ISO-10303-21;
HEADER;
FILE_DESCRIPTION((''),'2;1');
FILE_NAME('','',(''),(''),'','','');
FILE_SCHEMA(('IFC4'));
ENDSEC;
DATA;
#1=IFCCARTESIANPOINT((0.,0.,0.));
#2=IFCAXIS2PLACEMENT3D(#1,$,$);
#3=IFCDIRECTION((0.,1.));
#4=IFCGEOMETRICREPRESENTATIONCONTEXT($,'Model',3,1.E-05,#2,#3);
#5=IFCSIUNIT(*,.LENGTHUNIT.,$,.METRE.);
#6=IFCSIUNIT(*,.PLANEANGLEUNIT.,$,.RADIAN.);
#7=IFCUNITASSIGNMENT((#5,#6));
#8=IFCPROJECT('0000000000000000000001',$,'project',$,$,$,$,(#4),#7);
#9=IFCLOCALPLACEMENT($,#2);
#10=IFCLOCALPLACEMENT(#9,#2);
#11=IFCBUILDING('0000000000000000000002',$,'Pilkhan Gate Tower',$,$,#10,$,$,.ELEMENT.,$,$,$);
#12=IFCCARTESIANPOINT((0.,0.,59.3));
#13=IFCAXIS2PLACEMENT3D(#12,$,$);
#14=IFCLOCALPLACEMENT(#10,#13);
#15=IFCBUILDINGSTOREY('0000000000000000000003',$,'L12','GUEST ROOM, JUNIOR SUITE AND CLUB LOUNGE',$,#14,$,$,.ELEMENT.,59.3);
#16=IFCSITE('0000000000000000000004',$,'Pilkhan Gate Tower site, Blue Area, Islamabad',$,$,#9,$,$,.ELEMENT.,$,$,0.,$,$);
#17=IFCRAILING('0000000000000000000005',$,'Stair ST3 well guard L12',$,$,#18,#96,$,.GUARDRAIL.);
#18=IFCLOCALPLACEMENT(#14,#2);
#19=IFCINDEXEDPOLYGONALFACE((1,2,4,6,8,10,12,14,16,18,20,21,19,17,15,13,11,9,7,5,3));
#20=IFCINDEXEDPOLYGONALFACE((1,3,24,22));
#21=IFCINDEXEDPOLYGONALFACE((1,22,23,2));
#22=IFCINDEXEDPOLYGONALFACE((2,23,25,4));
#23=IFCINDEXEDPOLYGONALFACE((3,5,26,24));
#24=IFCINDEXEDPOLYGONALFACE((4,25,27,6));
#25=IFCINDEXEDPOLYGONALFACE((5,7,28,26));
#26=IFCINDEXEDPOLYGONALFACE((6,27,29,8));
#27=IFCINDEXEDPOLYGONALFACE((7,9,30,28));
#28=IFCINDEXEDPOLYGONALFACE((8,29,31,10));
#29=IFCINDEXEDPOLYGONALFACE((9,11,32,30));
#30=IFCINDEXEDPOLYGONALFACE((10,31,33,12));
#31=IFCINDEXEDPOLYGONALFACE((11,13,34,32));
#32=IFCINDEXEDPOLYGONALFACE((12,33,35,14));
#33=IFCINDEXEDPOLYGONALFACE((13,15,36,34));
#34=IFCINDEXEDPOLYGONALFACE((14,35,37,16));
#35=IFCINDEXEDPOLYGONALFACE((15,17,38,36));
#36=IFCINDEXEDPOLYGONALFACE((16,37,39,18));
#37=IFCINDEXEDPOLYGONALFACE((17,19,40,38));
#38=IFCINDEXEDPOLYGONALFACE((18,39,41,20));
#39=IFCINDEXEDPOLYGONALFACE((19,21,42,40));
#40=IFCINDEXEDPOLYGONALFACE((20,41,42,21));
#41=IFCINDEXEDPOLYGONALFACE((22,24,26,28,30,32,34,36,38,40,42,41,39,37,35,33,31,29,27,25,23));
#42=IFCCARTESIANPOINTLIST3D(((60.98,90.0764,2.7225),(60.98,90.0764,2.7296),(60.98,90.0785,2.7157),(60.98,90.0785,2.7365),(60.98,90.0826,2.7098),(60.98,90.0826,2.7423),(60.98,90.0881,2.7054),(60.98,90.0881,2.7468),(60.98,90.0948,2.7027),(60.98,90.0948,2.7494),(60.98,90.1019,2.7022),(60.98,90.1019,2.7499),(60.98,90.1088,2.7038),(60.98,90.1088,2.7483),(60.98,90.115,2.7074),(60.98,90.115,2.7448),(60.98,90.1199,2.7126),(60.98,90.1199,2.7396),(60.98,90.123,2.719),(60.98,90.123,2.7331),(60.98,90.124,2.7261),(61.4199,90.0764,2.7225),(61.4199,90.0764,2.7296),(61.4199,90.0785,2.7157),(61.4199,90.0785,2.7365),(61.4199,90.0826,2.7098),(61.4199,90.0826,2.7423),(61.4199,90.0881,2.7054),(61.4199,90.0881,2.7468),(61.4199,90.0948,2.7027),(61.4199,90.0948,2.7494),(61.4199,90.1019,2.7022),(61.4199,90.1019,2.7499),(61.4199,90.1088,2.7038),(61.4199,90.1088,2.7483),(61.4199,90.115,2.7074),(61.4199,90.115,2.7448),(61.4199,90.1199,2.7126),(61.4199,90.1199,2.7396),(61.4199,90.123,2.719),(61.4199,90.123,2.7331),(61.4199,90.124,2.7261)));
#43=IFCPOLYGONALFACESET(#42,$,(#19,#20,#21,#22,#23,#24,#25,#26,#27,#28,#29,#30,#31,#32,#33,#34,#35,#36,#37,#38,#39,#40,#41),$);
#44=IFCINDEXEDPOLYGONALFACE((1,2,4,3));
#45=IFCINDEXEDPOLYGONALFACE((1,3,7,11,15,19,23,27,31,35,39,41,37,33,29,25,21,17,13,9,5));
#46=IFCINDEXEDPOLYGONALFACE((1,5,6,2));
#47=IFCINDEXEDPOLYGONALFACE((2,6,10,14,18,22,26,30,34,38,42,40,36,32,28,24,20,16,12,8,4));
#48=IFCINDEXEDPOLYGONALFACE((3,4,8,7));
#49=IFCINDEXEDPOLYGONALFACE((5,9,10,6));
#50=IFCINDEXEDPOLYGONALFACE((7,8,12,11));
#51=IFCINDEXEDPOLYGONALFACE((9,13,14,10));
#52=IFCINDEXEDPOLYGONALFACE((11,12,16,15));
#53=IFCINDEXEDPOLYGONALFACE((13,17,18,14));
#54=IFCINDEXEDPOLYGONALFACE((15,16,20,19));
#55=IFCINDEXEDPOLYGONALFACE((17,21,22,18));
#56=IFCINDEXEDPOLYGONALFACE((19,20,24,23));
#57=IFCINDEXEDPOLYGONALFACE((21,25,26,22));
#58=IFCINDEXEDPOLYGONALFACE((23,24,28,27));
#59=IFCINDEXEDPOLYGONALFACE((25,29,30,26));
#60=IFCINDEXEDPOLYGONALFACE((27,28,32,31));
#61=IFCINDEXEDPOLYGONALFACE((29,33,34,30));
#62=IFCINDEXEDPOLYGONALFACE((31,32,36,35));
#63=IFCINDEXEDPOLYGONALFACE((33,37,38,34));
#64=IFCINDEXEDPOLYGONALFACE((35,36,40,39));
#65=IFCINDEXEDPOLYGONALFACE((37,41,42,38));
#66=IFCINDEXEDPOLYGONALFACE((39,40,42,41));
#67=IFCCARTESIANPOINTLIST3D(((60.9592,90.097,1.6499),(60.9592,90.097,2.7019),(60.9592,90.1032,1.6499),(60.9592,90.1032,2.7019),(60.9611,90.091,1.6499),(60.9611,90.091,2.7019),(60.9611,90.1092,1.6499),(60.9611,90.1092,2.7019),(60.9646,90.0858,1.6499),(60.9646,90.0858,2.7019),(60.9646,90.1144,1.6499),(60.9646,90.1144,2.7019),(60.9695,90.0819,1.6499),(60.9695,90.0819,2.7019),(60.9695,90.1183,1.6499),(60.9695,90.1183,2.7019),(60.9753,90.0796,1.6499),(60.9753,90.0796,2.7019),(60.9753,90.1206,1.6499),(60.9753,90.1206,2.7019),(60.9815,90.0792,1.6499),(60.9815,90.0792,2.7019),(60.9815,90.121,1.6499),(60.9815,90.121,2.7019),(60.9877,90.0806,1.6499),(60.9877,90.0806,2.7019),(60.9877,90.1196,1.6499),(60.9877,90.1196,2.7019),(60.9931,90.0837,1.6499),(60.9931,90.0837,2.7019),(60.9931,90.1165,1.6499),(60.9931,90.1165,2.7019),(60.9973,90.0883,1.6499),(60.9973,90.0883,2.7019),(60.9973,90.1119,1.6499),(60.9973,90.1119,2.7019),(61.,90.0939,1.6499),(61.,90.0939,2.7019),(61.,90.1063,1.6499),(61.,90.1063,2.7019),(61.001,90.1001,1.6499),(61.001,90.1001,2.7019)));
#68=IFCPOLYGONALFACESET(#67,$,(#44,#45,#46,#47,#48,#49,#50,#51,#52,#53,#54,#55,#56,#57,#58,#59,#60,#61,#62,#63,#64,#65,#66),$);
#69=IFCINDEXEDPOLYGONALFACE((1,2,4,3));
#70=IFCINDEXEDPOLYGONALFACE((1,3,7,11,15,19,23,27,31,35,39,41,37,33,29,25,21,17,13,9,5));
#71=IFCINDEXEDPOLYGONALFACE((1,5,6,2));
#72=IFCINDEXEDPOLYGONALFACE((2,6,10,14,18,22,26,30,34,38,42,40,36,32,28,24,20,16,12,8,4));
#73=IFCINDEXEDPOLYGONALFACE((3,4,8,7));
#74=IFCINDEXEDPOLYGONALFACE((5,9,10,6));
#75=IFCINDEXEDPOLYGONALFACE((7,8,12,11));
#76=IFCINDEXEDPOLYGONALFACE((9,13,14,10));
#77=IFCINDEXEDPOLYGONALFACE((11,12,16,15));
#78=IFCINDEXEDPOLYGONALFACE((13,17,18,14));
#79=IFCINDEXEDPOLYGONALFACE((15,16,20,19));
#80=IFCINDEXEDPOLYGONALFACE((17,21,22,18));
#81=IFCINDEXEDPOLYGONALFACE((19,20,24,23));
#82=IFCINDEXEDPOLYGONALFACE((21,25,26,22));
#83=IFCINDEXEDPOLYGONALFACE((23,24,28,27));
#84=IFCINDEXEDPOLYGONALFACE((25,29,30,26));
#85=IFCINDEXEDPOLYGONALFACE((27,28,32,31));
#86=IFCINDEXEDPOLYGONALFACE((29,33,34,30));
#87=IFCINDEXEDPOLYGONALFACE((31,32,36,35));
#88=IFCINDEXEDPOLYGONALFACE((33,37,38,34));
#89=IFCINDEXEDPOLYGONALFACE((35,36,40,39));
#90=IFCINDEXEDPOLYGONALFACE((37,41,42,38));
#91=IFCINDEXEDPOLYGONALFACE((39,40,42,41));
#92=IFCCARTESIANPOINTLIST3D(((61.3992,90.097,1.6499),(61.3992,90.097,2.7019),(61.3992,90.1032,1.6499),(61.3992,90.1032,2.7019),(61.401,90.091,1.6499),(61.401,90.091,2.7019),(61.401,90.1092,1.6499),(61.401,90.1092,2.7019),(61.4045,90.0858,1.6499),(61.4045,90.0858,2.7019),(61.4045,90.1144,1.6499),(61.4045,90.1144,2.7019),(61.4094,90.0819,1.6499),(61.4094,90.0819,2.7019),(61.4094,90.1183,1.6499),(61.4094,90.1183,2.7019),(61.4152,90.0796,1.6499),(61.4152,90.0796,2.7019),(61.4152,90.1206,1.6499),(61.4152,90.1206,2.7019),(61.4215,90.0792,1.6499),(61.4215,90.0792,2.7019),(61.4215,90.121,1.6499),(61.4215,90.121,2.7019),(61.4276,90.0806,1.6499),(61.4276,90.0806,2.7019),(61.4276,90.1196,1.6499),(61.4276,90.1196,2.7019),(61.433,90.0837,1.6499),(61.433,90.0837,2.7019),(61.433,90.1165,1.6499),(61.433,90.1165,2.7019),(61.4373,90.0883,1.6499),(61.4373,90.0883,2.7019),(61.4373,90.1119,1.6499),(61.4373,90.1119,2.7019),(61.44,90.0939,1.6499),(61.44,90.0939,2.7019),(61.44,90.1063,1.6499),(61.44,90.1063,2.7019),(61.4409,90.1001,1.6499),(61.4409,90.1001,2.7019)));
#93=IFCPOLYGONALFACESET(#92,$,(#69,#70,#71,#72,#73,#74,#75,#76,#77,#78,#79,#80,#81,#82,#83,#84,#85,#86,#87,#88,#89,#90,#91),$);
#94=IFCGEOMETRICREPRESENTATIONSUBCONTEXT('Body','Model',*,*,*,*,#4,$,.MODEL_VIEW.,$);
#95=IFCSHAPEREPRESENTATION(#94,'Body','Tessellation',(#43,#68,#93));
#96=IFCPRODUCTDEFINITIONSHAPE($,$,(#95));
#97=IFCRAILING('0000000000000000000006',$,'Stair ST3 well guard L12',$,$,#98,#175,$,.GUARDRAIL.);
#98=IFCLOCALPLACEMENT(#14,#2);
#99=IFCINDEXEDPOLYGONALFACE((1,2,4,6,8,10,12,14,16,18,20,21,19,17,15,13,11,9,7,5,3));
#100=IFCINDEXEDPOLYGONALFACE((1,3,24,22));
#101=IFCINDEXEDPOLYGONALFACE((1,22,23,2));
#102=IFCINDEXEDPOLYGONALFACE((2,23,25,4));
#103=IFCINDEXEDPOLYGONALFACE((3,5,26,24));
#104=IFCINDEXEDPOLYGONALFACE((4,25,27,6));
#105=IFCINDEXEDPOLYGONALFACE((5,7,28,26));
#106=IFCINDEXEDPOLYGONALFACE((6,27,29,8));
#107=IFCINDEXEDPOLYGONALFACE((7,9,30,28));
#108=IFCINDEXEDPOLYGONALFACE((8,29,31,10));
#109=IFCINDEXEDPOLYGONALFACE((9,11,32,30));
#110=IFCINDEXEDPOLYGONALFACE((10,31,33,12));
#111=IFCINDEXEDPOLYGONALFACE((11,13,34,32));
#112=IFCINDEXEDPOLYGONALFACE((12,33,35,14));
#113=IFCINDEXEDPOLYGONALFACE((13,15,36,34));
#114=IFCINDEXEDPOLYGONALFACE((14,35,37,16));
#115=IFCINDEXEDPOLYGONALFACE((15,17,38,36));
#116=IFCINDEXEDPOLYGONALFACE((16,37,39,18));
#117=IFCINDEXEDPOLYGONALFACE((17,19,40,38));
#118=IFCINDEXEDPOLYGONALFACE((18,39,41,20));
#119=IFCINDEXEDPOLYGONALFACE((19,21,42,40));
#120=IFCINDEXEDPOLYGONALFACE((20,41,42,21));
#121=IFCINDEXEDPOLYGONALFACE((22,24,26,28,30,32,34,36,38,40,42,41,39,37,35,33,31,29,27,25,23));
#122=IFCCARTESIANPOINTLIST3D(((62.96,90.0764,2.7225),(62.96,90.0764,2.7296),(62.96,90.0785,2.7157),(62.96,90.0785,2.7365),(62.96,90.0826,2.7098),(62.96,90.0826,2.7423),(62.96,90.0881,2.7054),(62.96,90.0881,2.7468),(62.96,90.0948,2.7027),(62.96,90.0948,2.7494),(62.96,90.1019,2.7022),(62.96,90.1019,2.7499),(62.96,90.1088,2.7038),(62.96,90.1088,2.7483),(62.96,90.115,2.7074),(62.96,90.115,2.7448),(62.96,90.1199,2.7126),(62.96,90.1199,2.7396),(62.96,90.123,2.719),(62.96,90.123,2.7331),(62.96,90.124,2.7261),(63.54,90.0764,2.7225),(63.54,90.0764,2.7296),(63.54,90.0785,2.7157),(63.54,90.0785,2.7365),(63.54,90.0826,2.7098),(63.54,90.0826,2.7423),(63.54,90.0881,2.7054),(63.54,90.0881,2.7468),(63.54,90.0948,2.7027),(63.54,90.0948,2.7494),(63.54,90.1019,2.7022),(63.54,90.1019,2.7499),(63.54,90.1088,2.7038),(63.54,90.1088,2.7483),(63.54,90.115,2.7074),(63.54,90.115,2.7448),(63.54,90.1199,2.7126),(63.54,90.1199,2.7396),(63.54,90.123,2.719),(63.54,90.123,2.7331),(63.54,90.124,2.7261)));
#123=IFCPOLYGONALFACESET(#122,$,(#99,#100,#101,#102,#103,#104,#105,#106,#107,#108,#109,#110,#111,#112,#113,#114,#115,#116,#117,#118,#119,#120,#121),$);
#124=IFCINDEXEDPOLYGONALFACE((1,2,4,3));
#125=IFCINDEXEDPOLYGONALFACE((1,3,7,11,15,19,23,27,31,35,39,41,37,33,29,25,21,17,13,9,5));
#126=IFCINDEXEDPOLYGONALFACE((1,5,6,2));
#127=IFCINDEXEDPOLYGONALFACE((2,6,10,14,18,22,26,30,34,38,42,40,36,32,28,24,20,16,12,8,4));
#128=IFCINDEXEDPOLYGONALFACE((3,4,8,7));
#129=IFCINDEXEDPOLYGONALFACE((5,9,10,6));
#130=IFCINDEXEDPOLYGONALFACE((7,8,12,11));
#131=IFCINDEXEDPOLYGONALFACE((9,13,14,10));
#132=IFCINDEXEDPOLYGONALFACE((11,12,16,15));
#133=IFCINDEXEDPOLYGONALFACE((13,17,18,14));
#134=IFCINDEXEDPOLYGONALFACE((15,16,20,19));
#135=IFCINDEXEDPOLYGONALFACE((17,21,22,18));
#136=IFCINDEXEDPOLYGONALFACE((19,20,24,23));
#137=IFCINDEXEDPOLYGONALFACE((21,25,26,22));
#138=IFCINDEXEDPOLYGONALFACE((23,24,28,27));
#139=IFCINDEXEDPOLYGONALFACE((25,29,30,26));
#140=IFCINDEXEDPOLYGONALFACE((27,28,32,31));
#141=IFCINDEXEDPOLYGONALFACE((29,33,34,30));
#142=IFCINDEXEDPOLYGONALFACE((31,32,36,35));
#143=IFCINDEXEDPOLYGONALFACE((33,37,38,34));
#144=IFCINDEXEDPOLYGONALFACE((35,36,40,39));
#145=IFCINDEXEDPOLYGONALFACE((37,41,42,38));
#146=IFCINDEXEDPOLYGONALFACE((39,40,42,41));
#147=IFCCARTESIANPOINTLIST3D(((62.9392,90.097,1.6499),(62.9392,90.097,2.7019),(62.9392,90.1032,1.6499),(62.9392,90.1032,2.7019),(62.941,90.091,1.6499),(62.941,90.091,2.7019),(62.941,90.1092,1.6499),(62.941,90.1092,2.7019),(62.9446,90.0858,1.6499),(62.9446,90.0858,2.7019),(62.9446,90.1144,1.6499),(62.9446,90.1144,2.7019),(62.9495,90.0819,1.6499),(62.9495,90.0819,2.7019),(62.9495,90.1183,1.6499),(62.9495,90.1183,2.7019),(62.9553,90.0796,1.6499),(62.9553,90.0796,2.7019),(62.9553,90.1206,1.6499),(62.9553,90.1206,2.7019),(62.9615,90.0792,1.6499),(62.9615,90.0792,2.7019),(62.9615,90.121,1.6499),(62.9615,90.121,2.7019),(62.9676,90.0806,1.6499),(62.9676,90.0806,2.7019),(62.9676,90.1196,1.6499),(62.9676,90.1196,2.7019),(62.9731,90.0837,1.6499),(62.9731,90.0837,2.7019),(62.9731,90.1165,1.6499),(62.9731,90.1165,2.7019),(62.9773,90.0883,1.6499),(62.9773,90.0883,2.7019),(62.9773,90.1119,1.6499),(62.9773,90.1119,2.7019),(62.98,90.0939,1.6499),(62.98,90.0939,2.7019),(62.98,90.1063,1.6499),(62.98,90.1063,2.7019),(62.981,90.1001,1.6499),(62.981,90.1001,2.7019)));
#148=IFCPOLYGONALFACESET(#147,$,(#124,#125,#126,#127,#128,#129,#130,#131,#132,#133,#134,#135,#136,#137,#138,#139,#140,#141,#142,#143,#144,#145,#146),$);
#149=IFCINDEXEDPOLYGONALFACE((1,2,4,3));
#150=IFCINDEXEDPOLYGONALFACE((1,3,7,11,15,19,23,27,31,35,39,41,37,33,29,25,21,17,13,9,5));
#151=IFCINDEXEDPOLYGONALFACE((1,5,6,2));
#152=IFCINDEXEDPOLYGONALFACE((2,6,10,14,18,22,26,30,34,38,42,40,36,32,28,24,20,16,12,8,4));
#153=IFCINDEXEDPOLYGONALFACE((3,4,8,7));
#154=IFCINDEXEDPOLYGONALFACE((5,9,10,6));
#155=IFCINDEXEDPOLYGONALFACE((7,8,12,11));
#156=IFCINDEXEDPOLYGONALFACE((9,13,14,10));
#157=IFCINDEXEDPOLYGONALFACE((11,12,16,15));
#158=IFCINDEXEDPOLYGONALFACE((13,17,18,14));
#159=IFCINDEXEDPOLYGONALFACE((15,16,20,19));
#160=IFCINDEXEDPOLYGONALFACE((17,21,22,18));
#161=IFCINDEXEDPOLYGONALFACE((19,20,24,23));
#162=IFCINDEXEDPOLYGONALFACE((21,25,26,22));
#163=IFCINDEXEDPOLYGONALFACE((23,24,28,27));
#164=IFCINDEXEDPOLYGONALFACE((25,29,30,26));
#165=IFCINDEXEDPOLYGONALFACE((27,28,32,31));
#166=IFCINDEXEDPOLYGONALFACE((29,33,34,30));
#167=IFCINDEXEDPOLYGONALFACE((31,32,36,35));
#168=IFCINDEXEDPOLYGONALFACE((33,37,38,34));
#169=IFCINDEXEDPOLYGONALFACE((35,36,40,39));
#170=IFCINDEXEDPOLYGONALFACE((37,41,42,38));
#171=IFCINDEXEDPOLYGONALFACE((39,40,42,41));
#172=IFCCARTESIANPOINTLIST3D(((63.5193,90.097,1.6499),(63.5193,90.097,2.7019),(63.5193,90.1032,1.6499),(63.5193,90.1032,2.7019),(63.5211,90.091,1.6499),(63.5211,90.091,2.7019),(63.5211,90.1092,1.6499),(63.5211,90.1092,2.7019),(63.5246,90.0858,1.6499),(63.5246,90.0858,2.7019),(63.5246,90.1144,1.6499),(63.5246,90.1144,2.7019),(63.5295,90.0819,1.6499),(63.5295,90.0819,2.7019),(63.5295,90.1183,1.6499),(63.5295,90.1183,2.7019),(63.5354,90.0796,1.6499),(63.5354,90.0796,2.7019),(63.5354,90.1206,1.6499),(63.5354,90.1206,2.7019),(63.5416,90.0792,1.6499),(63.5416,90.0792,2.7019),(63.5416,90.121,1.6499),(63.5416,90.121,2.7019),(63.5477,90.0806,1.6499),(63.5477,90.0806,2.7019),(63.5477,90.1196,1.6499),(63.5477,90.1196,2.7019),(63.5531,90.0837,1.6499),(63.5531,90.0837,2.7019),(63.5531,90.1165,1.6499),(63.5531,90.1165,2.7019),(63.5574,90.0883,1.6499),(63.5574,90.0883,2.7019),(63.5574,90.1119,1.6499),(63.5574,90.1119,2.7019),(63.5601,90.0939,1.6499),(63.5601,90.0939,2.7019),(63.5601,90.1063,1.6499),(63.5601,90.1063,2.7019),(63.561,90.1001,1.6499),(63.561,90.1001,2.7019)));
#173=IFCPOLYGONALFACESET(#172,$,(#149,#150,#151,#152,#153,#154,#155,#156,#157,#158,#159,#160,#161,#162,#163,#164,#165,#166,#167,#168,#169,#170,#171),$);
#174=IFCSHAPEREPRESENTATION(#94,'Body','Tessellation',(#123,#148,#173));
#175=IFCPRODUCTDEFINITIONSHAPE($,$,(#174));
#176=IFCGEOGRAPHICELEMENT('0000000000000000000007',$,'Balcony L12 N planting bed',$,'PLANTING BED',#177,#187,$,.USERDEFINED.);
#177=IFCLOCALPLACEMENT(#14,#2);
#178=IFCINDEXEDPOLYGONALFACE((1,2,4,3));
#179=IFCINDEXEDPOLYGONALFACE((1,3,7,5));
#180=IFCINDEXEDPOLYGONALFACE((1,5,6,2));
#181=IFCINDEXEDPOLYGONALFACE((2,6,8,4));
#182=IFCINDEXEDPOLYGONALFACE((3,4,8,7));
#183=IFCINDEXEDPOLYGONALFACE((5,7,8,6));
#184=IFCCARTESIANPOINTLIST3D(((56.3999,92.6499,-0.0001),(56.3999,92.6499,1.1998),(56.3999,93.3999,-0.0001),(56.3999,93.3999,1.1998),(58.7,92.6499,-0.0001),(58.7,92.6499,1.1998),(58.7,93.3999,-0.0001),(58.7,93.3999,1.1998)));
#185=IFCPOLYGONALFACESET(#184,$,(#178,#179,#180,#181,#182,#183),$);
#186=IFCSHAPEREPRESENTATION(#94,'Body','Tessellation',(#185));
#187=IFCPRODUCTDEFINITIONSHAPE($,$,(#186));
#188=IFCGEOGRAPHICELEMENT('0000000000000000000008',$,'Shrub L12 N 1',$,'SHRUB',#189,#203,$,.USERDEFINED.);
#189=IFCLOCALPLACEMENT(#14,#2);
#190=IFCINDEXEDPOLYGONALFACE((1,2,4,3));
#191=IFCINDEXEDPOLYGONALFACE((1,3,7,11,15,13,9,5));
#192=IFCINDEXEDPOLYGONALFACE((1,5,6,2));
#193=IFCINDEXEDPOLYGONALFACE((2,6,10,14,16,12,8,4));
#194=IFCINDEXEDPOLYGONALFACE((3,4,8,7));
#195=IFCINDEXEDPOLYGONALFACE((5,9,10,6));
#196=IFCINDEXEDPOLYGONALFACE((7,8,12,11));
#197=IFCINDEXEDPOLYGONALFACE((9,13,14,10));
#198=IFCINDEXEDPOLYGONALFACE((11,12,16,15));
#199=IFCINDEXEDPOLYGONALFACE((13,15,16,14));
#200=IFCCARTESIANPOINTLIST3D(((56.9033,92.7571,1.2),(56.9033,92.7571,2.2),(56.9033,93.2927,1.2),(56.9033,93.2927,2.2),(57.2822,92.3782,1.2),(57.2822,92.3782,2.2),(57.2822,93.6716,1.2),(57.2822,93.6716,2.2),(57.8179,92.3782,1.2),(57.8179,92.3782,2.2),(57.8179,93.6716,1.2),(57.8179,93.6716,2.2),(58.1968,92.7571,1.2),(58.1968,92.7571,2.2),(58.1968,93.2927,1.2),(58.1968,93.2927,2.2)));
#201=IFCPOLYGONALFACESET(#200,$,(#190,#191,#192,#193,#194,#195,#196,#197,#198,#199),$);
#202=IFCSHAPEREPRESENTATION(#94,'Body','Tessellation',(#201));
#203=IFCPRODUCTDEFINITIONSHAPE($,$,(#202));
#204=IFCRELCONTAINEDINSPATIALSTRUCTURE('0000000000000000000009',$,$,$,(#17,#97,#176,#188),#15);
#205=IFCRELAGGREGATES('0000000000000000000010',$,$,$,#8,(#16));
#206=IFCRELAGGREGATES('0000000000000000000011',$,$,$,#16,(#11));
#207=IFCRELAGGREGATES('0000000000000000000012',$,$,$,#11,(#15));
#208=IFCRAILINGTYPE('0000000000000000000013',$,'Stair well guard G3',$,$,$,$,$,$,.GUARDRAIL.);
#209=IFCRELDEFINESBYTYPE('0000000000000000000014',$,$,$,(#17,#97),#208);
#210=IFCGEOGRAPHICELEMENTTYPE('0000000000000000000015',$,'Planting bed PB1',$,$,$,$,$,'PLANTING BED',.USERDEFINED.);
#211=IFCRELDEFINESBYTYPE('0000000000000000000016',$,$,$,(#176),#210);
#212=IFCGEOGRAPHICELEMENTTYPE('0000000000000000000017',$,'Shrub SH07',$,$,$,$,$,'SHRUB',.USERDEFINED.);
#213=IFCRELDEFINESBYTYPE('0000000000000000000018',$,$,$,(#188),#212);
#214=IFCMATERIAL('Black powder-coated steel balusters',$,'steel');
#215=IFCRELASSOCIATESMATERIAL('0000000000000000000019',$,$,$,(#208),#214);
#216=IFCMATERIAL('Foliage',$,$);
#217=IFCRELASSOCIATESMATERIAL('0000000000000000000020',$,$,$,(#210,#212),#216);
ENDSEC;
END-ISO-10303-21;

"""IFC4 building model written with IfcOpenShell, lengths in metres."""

from ifc_helpers import new_model, si_unit, direction, frame, origin, origin_2d, place, context, subcontext, project, spatial, polyline, rectangle, circle, outline, extrude, material, material_profile, profile_set, type_object, element, save


model = new_model("IFC4")

# Units and contexts
model_context = context("Model", 3, precision=1e-05, world=origin(), true_north=direction((0.0, 1.0)))
body_context = subcontext(model_context, "Body", "Model", "MODEL_VIEW")
ifc_project = project(units=[si_unit("LENGTHUNIT", "METRE"), si_unit("PLANEANGLEUNIT", "RADIAN")], contexts=[model_context])

# Site, building, storey
site_placement = place(None, origin())
site = spatial("IfcSite", under=ifc_project, at=site_placement, Name="Pilkhan Gate Tower site, Blue Area, Islamabad", CompositionType="ELEMENT", RefElevation=0.0)
building_placement = place(site_placement, origin())
building = spatial("IfcBuilding", under=site, at=building_placement, Name="Pilkhan Gate Tower", CompositionType="ELEMENT")
storey_placement = place(building_placement, frame((0.0, 0.0, 59.3)))
storey = spatial("IfcBuildingStorey", under=building, at=storey_placement, Name="L12", Description="GUEST ROOM, JUNIOR SUITE AND CLUB LOUNGE", CompositionType="ELEMENT", Elevation=59.3)

# Railings
ifc_material_1 = material(Name="Black powder-coated steel balusters", Category="steel")
railing_type_1 = type_object("IfcRailingType", Name="Stair well guard G3", PredefinedType="GUARDRAIL", material=ifc_material_1)
railing_1_placement = place(storey_placement, frame((60.98, 90.1001, 1.6499)))
element("IfcRailing", 1, at=railing_1_placement, inside=storey, type_object=railing_type_1, Name="Stair ST3 well guard L12", PredefinedType="GUARDRAIL", context=body_context, shape_type="SweptSolid", body=[
    extrude(circle(Radius=0.0239, at=origin_2d()), frame((0.0, 0.0, 1.0762), z_axis=(1.0, 0.0, 0.0), x_axis=(0.0, 1.0, 0.0)), (0.0, 0.0, 1.0), 0.4399),
    extrude(circle(Radius=0.021, at=origin_2d()), origin(), (0.0, 0.0, 1.0), 1.052),
    extrude(circle(Radius=0.021, at=origin_2d()), frame((0.4399, 0.0, 0.0)), (0.0, 0.0, 1.0), 1.052),
])
railing_2_placement = place(storey_placement, frame((62.96, 90.1001, 1.6499)))
element("IfcRailing", 2, at=railing_2_placement, inside=storey, type_object=railing_type_1, Name="Stair ST3 well guard L12", PredefinedType="GUARDRAIL", context=body_context, shape_type="SweptSolid", body=[
    extrude(circle(Radius=0.0239, at=origin_2d()), frame((0.0, 0.0, 1.0762), z_axis=(1.0, 0.0, 0.0), x_axis=(0.0, 1.0, 0.0)), (0.0, 0.0, 1.0), 0.5801),
    extrude(circle(Radius=0.021, at=origin_2d()), origin(), (0.0, 0.0, 1.0), 1.052),
    extrude(circle(Radius=0.021, at=origin_2d()), frame((0.5801, 0.0, 0.0)), (0.0, 0.0, 1.0), 1.052),
])

# Geographic elements
ifc_material_2 = material(Name="Foliage")
ifc_material_profile_1 = material_profile(ifc_material_2, rectangle(XDim=0.75, YDim=1.2, at=origin_2d()), Name="Bed 750x1200")
ifc_profile_set_1 = profile_set([ifc_material_profile_1], Name="Foliage")
geographic_element_type_1 = type_object("IfcGeographicElementType", Name="Planting bed PB1", ElementType="PLANTING BED", PredefinedType="USERDEFINED", material=ifc_profile_set_1)
geographic_element_1_placement = place(storey_placement, frame((56.3999, 93.0249, 0.5999), z_axis=(1.0, 0.0, 0.0), x_axis=(0.0, 1.0, 0.0)))
element("IfcGeographicElement", 3, at=geographic_element_1_placement, inside=storey, type_object=geographic_element_type_1, Name="Balcony L12 N planting bed", ObjectType="PLANTING BED", PredefinedType="USERDEFINED", context=body_context, shape_type="SweptSolid", body=[
    extrude(rectangle(XDim=0.75, YDim=1.2, at=origin_2d()), origin(), (0.0, 0.0, 1.0), 2.3),
])
ifc_material_profile_2 = material_profile(ifc_material_2, outline(polyline([(0.6467, 0.2678), (0.2678, 0.6467), (-0.2678, 0.6467), (-0.6467, 0.2678), (-0.6467, -0.2678), (-0.2678, -0.6467), (0.2678, -0.6467), (0.6467, -0.2678), (0.6467, 0.2678)])), Name="Shrub D1.4")
ifc_profile_set_2 = profile_set([ifc_material_profile_2], Name="Foliage")
geographic_element_type_2 = type_object("IfcGeographicElementType", Name="Shrub SH07", ElementType="SHRUB", PredefinedType="USERDEFINED", material=ifc_profile_set_2)
geographic_element_2_placement = place(storey_placement, frame((57.55, 93.0249, 1.2), z_axis=(0.0, 0.0, 1.0), x_axis=(1.0, 0.0, 0.0)))
element("IfcGeographicElement", 4, at=geographic_element_2_placement, inside=storey, type_object=geographic_element_type_2, Name="Shrub L12 N 1", ObjectType="SHRUB", PredefinedType="USERDEFINED", context=body_context, shape_type="SweptSolid", body=[
    extrude(outline(polyline([(0.6467, 0.2678), (0.2678, 0.6467), (-0.2678, 0.6467), (-0.6467, 0.2678), (-0.6467, -0.2678), (-0.2678, -0.6467), (0.2678, -0.6467), (0.6467, -0.2678), (0.6467, 0.2678)])), origin(), (0.0, 0.0, 1.0), 1.0),
])

save(model, "model.ifc")
